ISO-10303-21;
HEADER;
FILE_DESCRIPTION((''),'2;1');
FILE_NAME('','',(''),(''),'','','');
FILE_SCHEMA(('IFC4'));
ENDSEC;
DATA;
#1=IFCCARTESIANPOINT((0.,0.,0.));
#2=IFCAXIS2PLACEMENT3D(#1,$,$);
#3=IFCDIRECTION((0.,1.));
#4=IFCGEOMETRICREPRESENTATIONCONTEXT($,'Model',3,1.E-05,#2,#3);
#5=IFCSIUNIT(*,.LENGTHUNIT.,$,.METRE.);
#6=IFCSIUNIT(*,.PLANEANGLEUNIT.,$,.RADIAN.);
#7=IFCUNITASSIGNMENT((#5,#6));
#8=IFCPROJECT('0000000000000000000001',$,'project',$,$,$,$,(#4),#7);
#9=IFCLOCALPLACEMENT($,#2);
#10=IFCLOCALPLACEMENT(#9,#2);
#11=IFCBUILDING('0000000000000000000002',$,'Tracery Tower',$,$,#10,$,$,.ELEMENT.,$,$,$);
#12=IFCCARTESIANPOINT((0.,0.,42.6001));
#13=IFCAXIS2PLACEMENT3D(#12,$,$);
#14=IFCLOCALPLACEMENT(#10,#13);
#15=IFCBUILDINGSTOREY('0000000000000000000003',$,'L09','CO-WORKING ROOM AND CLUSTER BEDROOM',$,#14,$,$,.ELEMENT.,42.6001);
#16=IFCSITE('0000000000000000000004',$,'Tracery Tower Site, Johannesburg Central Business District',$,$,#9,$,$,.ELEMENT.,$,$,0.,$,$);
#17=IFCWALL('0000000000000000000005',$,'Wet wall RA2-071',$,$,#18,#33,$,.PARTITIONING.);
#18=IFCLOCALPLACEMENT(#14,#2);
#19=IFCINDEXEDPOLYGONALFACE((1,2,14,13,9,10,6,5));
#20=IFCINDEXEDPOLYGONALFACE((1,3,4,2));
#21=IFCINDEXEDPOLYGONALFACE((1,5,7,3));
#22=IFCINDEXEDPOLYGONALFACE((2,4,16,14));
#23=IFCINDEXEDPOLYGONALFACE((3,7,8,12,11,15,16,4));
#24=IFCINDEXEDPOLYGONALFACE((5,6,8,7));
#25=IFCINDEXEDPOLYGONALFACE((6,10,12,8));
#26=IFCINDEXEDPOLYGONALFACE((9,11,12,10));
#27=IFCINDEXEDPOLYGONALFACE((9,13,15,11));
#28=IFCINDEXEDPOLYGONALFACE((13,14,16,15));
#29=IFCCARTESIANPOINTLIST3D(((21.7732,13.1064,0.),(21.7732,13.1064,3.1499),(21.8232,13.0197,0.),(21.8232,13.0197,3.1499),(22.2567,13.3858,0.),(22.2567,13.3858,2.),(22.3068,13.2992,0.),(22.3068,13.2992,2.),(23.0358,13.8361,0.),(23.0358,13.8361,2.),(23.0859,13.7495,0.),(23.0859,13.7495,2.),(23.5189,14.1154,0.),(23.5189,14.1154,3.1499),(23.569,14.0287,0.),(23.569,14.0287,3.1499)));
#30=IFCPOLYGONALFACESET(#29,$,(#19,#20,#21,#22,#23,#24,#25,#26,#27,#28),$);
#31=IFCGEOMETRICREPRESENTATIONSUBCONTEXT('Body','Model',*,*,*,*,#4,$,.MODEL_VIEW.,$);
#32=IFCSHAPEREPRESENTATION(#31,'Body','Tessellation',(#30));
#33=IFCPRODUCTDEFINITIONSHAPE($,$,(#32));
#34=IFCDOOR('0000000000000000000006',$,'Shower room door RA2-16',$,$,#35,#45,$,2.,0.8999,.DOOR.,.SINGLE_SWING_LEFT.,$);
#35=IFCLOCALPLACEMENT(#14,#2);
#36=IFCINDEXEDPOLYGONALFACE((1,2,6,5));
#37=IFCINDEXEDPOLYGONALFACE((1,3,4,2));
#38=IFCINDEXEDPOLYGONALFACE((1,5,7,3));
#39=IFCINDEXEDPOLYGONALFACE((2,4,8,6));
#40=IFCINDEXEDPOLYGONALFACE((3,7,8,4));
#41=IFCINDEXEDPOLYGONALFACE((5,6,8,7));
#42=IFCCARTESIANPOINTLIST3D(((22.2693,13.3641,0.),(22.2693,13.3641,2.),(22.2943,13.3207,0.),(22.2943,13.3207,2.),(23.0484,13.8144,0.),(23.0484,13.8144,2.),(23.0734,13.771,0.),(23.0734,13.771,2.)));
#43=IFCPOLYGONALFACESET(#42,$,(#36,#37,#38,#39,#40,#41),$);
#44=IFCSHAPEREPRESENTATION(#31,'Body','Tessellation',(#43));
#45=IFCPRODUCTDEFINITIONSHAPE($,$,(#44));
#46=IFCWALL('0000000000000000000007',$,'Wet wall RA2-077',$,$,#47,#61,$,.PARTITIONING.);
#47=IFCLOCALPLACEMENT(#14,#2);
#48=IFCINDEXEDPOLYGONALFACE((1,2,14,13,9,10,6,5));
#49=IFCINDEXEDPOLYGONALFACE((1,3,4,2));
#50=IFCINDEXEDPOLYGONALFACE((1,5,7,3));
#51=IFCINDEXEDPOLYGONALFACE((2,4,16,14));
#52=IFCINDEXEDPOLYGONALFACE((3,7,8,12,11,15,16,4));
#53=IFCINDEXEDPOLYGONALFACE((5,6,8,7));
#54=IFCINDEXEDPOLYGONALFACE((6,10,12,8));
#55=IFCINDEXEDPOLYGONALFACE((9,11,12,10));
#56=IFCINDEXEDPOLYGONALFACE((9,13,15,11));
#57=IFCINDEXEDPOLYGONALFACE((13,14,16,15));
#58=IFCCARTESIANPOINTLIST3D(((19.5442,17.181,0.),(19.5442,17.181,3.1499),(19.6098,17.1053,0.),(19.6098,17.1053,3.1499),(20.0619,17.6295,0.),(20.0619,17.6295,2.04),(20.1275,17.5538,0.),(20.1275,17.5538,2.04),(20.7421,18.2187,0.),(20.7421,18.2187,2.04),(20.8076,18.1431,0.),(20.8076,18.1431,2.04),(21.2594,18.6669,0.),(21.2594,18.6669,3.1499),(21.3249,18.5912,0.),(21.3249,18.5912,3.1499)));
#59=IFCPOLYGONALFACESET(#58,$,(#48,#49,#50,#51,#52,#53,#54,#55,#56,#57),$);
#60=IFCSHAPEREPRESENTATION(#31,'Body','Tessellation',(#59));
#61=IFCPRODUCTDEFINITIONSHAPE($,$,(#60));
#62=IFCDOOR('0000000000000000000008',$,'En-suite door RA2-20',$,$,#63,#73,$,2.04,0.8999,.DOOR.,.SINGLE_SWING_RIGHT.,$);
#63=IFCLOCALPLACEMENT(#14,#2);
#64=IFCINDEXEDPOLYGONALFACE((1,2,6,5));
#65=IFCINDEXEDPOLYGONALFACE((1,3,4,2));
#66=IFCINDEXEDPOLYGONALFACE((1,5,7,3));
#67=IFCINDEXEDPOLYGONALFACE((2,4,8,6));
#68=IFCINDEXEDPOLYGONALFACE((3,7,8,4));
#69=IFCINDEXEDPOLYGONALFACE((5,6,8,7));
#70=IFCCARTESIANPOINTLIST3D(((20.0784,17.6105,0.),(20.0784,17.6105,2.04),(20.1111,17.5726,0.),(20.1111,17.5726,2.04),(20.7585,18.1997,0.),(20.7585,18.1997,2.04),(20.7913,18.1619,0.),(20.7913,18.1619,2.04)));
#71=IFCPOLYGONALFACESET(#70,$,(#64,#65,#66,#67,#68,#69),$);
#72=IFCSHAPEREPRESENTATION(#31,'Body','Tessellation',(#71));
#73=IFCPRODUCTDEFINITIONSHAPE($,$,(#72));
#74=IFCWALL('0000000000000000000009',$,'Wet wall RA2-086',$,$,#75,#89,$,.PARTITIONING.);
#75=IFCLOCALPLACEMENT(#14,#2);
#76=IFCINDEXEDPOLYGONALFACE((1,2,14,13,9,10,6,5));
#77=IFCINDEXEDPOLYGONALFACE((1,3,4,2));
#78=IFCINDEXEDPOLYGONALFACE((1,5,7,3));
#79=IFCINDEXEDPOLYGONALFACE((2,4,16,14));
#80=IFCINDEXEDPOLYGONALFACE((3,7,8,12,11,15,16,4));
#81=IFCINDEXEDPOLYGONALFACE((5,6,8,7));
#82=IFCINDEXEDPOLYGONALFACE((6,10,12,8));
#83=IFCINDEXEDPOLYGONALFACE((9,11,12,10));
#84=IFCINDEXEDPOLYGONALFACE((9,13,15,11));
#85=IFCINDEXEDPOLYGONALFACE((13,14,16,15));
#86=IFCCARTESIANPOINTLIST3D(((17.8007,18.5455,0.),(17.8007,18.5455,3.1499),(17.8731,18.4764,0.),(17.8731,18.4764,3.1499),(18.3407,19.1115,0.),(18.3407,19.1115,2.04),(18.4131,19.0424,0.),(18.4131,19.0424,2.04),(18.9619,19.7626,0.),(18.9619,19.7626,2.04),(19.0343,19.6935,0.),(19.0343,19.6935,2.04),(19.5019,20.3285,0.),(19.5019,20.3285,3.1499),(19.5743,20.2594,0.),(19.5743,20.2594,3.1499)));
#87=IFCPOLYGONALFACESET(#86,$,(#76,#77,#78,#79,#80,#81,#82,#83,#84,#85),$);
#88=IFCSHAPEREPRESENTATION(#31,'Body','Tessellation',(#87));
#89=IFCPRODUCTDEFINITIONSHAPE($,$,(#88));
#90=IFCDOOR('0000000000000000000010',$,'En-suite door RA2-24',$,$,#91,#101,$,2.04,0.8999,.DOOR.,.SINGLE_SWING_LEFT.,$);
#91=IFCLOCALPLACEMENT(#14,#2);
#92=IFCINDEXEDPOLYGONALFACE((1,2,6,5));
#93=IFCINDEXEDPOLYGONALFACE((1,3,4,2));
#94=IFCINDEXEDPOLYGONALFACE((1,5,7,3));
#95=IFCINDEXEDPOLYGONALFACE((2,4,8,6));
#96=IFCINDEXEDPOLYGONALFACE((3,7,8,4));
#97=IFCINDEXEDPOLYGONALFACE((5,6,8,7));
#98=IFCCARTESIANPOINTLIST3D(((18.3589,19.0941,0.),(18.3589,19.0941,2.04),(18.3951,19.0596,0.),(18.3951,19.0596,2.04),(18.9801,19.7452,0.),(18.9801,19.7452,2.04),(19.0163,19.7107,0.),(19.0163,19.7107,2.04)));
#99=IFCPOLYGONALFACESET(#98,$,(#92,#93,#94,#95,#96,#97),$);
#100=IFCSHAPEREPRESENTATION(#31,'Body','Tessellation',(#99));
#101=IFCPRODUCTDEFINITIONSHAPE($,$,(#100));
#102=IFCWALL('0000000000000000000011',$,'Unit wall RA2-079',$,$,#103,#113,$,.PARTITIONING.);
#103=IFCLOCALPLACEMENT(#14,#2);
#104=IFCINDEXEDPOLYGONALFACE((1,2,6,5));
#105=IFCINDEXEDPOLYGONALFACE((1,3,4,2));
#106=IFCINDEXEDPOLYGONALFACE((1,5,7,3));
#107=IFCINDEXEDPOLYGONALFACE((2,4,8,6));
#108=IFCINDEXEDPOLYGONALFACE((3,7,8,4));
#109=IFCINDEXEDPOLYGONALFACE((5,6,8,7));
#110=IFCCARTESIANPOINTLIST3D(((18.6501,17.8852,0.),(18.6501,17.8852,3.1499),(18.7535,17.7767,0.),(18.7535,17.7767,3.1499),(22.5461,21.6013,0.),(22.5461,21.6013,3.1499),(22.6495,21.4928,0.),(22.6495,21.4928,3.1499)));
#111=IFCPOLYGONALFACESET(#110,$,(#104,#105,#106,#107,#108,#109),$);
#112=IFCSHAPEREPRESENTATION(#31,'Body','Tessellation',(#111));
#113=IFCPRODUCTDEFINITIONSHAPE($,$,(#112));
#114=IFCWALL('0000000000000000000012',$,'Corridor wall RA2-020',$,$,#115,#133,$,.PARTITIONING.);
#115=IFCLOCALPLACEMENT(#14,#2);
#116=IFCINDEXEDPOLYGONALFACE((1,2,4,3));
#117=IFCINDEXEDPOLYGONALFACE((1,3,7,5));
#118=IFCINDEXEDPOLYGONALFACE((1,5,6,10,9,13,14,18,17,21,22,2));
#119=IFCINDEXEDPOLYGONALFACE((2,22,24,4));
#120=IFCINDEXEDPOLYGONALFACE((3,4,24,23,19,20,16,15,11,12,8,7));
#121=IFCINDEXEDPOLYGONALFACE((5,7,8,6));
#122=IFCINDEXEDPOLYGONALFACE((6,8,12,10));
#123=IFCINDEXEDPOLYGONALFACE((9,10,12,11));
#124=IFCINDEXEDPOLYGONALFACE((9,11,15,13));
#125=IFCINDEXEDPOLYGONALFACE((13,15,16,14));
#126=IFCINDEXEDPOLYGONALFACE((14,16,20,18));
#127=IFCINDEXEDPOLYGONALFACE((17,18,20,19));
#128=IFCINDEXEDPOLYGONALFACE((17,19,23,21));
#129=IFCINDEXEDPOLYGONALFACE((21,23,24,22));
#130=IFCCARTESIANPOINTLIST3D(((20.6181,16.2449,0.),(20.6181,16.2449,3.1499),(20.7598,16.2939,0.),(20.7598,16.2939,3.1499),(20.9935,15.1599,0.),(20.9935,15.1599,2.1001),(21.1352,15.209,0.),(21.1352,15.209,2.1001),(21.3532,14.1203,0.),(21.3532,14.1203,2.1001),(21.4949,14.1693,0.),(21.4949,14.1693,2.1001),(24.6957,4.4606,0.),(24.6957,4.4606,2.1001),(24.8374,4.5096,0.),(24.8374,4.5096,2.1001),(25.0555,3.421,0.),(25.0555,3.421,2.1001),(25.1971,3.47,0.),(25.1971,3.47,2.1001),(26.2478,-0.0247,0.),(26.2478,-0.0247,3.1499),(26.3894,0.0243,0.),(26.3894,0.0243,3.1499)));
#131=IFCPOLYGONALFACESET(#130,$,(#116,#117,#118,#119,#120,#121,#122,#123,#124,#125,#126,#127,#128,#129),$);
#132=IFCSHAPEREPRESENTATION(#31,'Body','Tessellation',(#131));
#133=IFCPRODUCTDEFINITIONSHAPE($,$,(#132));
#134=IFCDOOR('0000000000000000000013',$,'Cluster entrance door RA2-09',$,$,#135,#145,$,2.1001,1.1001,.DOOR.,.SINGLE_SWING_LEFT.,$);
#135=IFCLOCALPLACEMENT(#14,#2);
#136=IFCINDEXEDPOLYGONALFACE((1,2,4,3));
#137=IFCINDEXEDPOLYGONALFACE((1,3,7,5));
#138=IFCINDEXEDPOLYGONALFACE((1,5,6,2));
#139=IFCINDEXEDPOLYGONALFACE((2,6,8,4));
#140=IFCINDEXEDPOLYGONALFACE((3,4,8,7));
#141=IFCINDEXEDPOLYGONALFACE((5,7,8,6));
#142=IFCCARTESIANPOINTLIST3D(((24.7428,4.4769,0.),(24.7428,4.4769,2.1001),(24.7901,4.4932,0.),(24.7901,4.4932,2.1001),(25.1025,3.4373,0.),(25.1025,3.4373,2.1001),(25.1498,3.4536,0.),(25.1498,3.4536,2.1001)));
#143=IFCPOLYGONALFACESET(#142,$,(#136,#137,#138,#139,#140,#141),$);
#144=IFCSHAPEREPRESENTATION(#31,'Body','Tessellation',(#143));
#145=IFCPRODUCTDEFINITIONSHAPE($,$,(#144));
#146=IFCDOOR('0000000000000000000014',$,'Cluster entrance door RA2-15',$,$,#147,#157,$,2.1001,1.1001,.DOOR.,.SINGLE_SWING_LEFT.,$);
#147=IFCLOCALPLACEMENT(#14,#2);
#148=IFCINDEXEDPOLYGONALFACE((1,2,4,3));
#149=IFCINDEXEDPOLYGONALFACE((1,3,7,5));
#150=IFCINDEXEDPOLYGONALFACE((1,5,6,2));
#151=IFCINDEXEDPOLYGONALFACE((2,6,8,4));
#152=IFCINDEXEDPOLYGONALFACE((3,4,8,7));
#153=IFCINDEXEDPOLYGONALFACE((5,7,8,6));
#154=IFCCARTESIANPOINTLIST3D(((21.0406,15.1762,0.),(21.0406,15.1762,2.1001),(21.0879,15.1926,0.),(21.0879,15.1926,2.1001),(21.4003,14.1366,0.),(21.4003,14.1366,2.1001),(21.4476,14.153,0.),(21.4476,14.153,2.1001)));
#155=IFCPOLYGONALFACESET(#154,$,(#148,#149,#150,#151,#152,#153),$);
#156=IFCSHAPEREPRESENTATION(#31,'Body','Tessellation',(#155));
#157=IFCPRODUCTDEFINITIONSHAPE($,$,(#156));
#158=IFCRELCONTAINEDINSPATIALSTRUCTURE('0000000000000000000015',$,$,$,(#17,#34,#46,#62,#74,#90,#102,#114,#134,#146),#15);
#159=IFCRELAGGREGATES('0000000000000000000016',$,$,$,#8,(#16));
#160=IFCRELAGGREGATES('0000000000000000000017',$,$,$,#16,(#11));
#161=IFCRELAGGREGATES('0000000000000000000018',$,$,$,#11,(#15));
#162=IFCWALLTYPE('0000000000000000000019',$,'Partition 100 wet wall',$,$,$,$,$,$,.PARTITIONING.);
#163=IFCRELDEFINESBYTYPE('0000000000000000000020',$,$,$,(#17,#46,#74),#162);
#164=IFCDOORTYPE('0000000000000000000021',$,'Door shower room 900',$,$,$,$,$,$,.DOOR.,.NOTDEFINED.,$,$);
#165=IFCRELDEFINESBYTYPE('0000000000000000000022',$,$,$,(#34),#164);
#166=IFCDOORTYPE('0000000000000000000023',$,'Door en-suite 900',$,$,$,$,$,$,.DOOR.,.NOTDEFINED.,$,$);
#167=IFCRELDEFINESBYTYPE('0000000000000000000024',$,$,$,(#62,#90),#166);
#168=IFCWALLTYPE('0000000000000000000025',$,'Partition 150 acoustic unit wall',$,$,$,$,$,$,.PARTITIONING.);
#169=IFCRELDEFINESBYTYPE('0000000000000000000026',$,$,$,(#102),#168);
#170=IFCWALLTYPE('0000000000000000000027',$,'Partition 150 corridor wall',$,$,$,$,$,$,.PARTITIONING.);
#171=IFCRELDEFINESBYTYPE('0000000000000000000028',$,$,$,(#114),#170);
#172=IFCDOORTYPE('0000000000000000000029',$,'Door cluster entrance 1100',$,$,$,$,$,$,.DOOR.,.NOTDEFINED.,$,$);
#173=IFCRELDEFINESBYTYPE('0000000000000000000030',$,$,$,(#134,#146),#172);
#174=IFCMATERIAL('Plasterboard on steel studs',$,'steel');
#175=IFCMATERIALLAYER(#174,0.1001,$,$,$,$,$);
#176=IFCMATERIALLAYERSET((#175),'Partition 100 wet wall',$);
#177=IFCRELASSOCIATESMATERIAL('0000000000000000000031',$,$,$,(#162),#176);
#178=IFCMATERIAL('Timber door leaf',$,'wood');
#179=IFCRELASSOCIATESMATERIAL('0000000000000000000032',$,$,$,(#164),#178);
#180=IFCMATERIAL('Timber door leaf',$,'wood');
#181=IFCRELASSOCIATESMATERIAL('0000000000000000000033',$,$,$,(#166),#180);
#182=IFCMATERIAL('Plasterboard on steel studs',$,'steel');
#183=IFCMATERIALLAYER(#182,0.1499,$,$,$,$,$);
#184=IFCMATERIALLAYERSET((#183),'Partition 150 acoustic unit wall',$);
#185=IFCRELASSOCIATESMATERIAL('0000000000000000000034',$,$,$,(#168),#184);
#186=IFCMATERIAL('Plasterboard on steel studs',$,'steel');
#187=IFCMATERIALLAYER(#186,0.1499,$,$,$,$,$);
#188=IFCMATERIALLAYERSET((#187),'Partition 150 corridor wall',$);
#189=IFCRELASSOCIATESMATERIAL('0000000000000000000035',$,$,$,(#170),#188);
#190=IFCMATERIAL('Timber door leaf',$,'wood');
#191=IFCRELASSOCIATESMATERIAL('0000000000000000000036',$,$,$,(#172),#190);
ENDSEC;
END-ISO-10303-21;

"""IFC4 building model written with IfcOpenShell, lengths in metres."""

from ifc_helpers import new_model, si_unit, direction, frame, frame_2d, origin, place, context, subcontext, project, spatial, rectangle, extrude, material, layer, layer_set, type_object, element, fill, save


model = new_model("IFC4")

# Units and contexts
model_context = context("Model", 3, precision=1e-05, world=origin(), true_north=direction((0.0, 1.0)))
body_context = subcontext(model_context, "Body", "Model", "MODEL_VIEW")
ifc_project = project(units=[si_unit("LENGTHUNIT", "METRE"), si_unit("PLANEANGLEUNIT", "RADIAN")], contexts=[model_context])

# Site, building, storey
site_placement = place(None, origin())
site = spatial("IfcSite", under=ifc_project, at=site_placement, Name="Tracery Tower Site, Johannesburg Central Business District", CompositionType="ELEMENT", RefElevation=0.0)
building_placement = place(site_placement, origin())
building = spatial("IfcBuilding", under=site, at=building_placement, Name="Tracery Tower", CompositionType="ELEMENT")
storey_placement = place(building_placement, frame((0.0, 0.0, 42.6001)))
storey = spatial("IfcBuildingStorey", under=building, at=storey_placement, Name="L09", Description="CO-WORKING ROOM AND CLUSTER BEDROOM", CompositionType="ELEMENT", Elevation=42.6001)

# Shared definitions
ifc_material_1 = material(Name="Plasterboard on steel studs", Category="steel")
ifc_layer_1 = layer(ifc_material_1, 0.1001)
ifc_layer_set_1 = layer_set([ifc_layer_1], Name="Partition 100 wet wall")
wall_type_1 = type_object("IfcWallType", Name="Partition 100 wet wall", PredefinedType="PARTITIONING", material=ifc_layer_set_1)

# Walls, openings, doors
wall_1_placement = place(storey_placement, frame((21.7981, 13.063, 0.0), z_axis=(0.0, 0.0, 1.0), x_axis=(0.865796, 0.500397, 0.0)))
wall_1 = element("IfcWall", 1, at=wall_1_placement, inside=storey, type_object=wall_type_1, Name="Wet wall RA2-071", PredefinedType="PARTITIONING", context=body_context, shape_type="SweptSolid", body=[
    extrude(rectangle(XDim=2.0164, YDim=0.1001, at=frame_2d((1.0083, 0.0))), origin(), (0.0, 0.0, 1.0), 3.1499),
])
opening_1_placement = place(wall_1_placement, frame((0.5586, 0.0, 0.0)))
opening_1 = element("IfcOpeningElement", 2, at=opening_1_placement, cuts=wall_1, PredefinedType="OPENING", context=body_context, shape_type="SweptSolid", body=[
    extrude(rectangle(XDim=0.8999, YDim=2.0, at=frame_2d((0.45, 1.0))), frame((0.0, 0.05, 0.0), z_axis=(0.0, -1.0, 0.0), x_axis=(1.0, 0.0, 0.0)), (0.0, 0.0, 1.0), 0.1001),
])
ifc_material_2 = material(Name="Timber door leaf", Category="wood")
door_type_1 = type_object("IfcDoorType", Name="Door shower room 900", OperationType="NOTDEFINED", PredefinedType="DOOR", material=ifc_material_2)
door_1_placement = place(opening_1_placement, origin())
door_1 = element("IfcDoor", 3, at=door_1_placement, inside=storey, type_object=door_type_1, Name="Shower room door RA2-16", OperationType="SINGLE_SWING_LEFT", OverallHeight=2.0, OverallWidth=0.8999, PredefinedType="DOOR", context=body_context, shape_type="SweptSolid", body=[
    extrude(rectangle(XDim=0.8999, YDim=2.0, at=frame_2d((0.45, 1.0))), frame((0.0, 0.0249, 0.0), z_axis=(0.0, -1.0, 0.0), x_axis=(1.0, 0.0, 0.0)), (0.0, 0.0, 1.0), 0.05),
])
fill(opening_1, door_1)
wall_2_placement = place(storey_placement, frame((19.5769, 17.1431, 0.0), z_axis=(0.0, 0.0, 1.0), x_axis=(0.755813, 0.654787, 0.0)))
wall_2 = element("IfcWall", 4, at=wall_2_placement, inside=storey, type_object=wall_type_1, Name="Wet wall RA2-077", PredefinedType="PARTITIONING", context=body_context, shape_type="SweptSolid", body=[
    extrude(rectangle(XDim=2.2693, YDim=0.1001, at=frame_2d((1.1348, 0.0))), origin(), (0.0, 0.0, 1.0), 3.1499),
])
opening_2_placement = place(wall_2_placement, frame((0.6851, 0.0, 0.0)))
opening_2 = element("IfcOpeningElement", 5, at=opening_2_placement, cuts=wall_2, PredefinedType="OPENING", context=body_context, shape_type="SweptSolid", body=[
    extrude(rectangle(XDim=0.8999, YDim=2.04, at=frame_2d((0.45, 1.02))), frame((0.0, 0.05, 0.0), z_axis=(0.0, -1.0, 0.0), x_axis=(1.0, 0.0, 0.0)), (0.0, 0.0, 1.0), 0.1001),
])
ifc_material_3 = material(Name="Timber door leaf", Category="wood")
door_type_2 = type_object("IfcDoorType", Name="Door en-suite 900", OperationType="NOTDEFINED", PredefinedType="DOOR", material=ifc_material_3)
door_2_placement = place(opening_2_placement, origin())
door_2 = element("IfcDoor", 6, at=door_2_placement, inside=storey, type_object=door_type_2, Name="En-suite door RA2-20", OperationType="SINGLE_SWING_RIGHT", OverallHeight=2.04, OverallWidth=0.8999, PredefinedType="DOOR", context=body_context, shape_type="SweptSolid", body=[
    extrude(rectangle(XDim=0.8999, YDim=2.04, at=frame_2d((0.45, 1.02))), frame((0.0, 0.0249, 0.0), z_axis=(0.0, -1.0, 0.0), x_axis=(1.0, 0.0, 0.0)), (0.0, 0.0, 1.0), 0.05),
])
fill(opening_2, door_2)
wall_3_placement = place(storey_placement, frame((17.8369, 18.511, 0.0), z_axis=(0.0, 0.0, 1.0), x_axis=(0.690318, 0.723506, 0.0)))
wall_3 = element("IfcWall", 7, at=wall_3_placement, inside=storey, type_object=wall_type_1, Name="Wet wall RA2-086", PredefinedType="PARTITIONING", context=body_context, shape_type="SweptSolid", body=[
    extrude(rectangle(XDim=2.4644, YDim=0.1001, at=frame_2d((1.2322, 0.0))), origin(), (0.0, 0.0, 1.0), 3.1499),
])
opening_3_placement = place(wall_3_placement, frame((0.7822, 0.0, 0.0)))
opening_3 = element("IfcOpeningElement", 8, at=opening_3_placement, cuts=wall_3, PredefinedType="OPENING", context=body_context, shape_type="SweptSolid", body=[
    extrude(rectangle(XDim=0.8999, YDim=2.04, at=frame_2d((0.45, 1.02))), frame((0.0, 0.05, 0.0), z_axis=(0.0, -1.0, 0.0), x_axis=(1.0, 0.0, 0.0)), (0.0, 0.0, 1.0), 0.1001),
])
door_3_placement = place(opening_3_placement, origin())
door_3 = element("IfcDoor", 9, at=door_3_placement, inside=storey, type_object=door_type_2, Name="En-suite door RA2-24", OperationType="SINGLE_SWING_LEFT", OverallHeight=2.04, OverallWidth=0.8999, PredefinedType="DOOR", context=body_context, shape_type="SweptSolid", body=[
    extrude(rectangle(XDim=0.8999, YDim=2.04, at=frame_2d((0.45, 1.02))), frame((0.0, 0.0249, 0.0), z_axis=(0.0, -1.0, 0.0), x_axis=(1.0, 0.0, 0.0)), (0.0, 0.0, 1.0), 0.05),
])
fill(opening_3, door_3)

# Wall
ifc_material_4 = material(Name="Plasterboard on steel studs", Category="steel")
ifc_layer_2 = layer(ifc_material_4, 0.1499)
ifc_layer_set_2 = layer_set([ifc_layer_2], Name="Partition 150 acoustic unit wall")
wall_type_2 = type_object("IfcWallType", Name="Partition 150 acoustic unit wall", PredefinedType="PARTITIONING", material=ifc_layer_set_2)
wall_4_placement = place(storey_placement, frame((18.7019, 17.8311, 0.0), z_axis=(0.0, 0.0, 1.0), x_axis=(0.723619, 0.6902, 0.0)))
element("IfcWall", 10, at=wall_4_placement, inside=storey, type_object=wall_type_2, Name="Unit wall RA2-079", PredefinedType="PARTITIONING", context=body_context, shape_type="SweptSolid", body=[
    extrude(rectangle(XDim=5.384, YDim=0.1499, at=frame_2d((2.6919, 0.0))), origin(), (0.0, 0.0, 1.0), 3.1499),
])

# Wall, openings, doors
ifc_material_5 = material(Name="Plasterboard on steel studs", Category="steel")
ifc_layer_3 = layer(ifc_material_5, 0.1499)
ifc_layer_set_3 = layer_set([ifc_layer_3], Name="Partition 150 corridor wall")
wall_type_3 = type_object("IfcWallType", Name="Partition 150 corridor wall", PredefinedType="PARTITIONING", material=ifc_layer_set_3)
wall_5_placement = place(storey_placement, frame((20.689, 16.2693, 0.0), z_axis=(0.0, 0.0, 1.0), x_axis=(0.327, -0.945024, 0.0)))
wall_5 = element("IfcWall", 11, at=wall_5_placement, inside=storey, type_object=wall_type_3, Name="Corridor wall RA2-020", PredefinedType="PARTITIONING", context=body_context, shape_type="SweptSolid", body=[
    extrude(rectangle(XDim=17.2161, YDim=0.1499, at=frame_2d((8.6079, 0.0))), origin(), (0.0, 0.0, 1.0), 3.1499),
])
opening_4_placement = place(wall_5_placement, frame((12.4697, 0.0, 0.0)))
opening_4 = element("IfcOpeningElement", 12, at=opening_4_placement, cuts=wall_5, PredefinedType="OPENING", context=body_context, shape_type="SweptSolid", body=[
    extrude(rectangle(XDim=1.1001, YDim=2.1001, at=frame_2d((0.55, 1.05))), frame((0.0, 0.075, 0.0), z_axis=(0.0, -1.0, 0.0), x_axis=(1.0, 0.0, 0.0)), (0.0, 0.0, 1.0), 0.1499),
])
opening_5_placement = place(wall_5_placement, frame((1.1479, 0.0, 0.0)))
opening_5 = element("IfcOpeningElement", 13, at=opening_5_placement, cuts=wall_5, PredefinedType="OPENING", context=body_context, shape_type="SweptSolid", body=[
    extrude(rectangle(XDim=1.1001, YDim=2.1001, at=frame_2d((0.55, 1.05))), frame((0.0, 0.075, 0.0), z_axis=(0.0, -1.0, 0.0), x_axis=(1.0, 0.0, 0.0)), (0.0, 0.0, 1.0), 0.1499),
])
ifc_material_6 = material(Name="Timber door leaf", Category="wood")
door_type_3 = type_object("IfcDoorType", Name="Door cluster entrance 1100", OperationType="NOTDEFINED", PredefinedType="DOOR", material=ifc_material_6)
door_4_placement = place(opening_4_placement, origin())
door_4 = element("IfcDoor", 14, at=door_4_placement, inside=storey, type_object=door_type_3, Name="Cluster entrance door RA2-09", OperationType="SINGLE_SWING_LEFT", OverallHeight=2.1001, OverallWidth=1.1001, PredefinedType="DOOR", context=body_context, shape_type="SweptSolid", body=[
    extrude(rectangle(XDim=1.1001, YDim=2.1001, at=frame_2d((0.55, 1.05))), frame((0.0, 0.0249, 0.0), z_axis=(0.0, -1.0, 0.0), x_axis=(1.0, 0.0, 0.0)), (0.0, 0.0, 1.0), 0.05),
])
fill(opening_4, door_4)
door_5_placement = place(opening_5_placement, origin())
door_5 = element("IfcDoor", 15, at=door_5_placement, inside=storey, type_object=door_type_3, Name="Cluster entrance door RA2-15", OperationType="SINGLE_SWING_LEFT", OverallHeight=2.1001, OverallWidth=1.1001, PredefinedType="DOOR", context=body_context, shape_type="SweptSolid", body=[
    extrude(rectangle(XDim=1.1001, YDim=2.1001, at=frame_2d((0.55, 1.05))), frame((0.0, 0.0249, 0.0), z_axis=(0.0, -1.0, 0.0), x_axis=(1.0, 0.0, 0.0)), (0.0, 0.0, 1.0), 0.05),
])
fill(opening_5, door_5)

save(model, "model.ifc")
